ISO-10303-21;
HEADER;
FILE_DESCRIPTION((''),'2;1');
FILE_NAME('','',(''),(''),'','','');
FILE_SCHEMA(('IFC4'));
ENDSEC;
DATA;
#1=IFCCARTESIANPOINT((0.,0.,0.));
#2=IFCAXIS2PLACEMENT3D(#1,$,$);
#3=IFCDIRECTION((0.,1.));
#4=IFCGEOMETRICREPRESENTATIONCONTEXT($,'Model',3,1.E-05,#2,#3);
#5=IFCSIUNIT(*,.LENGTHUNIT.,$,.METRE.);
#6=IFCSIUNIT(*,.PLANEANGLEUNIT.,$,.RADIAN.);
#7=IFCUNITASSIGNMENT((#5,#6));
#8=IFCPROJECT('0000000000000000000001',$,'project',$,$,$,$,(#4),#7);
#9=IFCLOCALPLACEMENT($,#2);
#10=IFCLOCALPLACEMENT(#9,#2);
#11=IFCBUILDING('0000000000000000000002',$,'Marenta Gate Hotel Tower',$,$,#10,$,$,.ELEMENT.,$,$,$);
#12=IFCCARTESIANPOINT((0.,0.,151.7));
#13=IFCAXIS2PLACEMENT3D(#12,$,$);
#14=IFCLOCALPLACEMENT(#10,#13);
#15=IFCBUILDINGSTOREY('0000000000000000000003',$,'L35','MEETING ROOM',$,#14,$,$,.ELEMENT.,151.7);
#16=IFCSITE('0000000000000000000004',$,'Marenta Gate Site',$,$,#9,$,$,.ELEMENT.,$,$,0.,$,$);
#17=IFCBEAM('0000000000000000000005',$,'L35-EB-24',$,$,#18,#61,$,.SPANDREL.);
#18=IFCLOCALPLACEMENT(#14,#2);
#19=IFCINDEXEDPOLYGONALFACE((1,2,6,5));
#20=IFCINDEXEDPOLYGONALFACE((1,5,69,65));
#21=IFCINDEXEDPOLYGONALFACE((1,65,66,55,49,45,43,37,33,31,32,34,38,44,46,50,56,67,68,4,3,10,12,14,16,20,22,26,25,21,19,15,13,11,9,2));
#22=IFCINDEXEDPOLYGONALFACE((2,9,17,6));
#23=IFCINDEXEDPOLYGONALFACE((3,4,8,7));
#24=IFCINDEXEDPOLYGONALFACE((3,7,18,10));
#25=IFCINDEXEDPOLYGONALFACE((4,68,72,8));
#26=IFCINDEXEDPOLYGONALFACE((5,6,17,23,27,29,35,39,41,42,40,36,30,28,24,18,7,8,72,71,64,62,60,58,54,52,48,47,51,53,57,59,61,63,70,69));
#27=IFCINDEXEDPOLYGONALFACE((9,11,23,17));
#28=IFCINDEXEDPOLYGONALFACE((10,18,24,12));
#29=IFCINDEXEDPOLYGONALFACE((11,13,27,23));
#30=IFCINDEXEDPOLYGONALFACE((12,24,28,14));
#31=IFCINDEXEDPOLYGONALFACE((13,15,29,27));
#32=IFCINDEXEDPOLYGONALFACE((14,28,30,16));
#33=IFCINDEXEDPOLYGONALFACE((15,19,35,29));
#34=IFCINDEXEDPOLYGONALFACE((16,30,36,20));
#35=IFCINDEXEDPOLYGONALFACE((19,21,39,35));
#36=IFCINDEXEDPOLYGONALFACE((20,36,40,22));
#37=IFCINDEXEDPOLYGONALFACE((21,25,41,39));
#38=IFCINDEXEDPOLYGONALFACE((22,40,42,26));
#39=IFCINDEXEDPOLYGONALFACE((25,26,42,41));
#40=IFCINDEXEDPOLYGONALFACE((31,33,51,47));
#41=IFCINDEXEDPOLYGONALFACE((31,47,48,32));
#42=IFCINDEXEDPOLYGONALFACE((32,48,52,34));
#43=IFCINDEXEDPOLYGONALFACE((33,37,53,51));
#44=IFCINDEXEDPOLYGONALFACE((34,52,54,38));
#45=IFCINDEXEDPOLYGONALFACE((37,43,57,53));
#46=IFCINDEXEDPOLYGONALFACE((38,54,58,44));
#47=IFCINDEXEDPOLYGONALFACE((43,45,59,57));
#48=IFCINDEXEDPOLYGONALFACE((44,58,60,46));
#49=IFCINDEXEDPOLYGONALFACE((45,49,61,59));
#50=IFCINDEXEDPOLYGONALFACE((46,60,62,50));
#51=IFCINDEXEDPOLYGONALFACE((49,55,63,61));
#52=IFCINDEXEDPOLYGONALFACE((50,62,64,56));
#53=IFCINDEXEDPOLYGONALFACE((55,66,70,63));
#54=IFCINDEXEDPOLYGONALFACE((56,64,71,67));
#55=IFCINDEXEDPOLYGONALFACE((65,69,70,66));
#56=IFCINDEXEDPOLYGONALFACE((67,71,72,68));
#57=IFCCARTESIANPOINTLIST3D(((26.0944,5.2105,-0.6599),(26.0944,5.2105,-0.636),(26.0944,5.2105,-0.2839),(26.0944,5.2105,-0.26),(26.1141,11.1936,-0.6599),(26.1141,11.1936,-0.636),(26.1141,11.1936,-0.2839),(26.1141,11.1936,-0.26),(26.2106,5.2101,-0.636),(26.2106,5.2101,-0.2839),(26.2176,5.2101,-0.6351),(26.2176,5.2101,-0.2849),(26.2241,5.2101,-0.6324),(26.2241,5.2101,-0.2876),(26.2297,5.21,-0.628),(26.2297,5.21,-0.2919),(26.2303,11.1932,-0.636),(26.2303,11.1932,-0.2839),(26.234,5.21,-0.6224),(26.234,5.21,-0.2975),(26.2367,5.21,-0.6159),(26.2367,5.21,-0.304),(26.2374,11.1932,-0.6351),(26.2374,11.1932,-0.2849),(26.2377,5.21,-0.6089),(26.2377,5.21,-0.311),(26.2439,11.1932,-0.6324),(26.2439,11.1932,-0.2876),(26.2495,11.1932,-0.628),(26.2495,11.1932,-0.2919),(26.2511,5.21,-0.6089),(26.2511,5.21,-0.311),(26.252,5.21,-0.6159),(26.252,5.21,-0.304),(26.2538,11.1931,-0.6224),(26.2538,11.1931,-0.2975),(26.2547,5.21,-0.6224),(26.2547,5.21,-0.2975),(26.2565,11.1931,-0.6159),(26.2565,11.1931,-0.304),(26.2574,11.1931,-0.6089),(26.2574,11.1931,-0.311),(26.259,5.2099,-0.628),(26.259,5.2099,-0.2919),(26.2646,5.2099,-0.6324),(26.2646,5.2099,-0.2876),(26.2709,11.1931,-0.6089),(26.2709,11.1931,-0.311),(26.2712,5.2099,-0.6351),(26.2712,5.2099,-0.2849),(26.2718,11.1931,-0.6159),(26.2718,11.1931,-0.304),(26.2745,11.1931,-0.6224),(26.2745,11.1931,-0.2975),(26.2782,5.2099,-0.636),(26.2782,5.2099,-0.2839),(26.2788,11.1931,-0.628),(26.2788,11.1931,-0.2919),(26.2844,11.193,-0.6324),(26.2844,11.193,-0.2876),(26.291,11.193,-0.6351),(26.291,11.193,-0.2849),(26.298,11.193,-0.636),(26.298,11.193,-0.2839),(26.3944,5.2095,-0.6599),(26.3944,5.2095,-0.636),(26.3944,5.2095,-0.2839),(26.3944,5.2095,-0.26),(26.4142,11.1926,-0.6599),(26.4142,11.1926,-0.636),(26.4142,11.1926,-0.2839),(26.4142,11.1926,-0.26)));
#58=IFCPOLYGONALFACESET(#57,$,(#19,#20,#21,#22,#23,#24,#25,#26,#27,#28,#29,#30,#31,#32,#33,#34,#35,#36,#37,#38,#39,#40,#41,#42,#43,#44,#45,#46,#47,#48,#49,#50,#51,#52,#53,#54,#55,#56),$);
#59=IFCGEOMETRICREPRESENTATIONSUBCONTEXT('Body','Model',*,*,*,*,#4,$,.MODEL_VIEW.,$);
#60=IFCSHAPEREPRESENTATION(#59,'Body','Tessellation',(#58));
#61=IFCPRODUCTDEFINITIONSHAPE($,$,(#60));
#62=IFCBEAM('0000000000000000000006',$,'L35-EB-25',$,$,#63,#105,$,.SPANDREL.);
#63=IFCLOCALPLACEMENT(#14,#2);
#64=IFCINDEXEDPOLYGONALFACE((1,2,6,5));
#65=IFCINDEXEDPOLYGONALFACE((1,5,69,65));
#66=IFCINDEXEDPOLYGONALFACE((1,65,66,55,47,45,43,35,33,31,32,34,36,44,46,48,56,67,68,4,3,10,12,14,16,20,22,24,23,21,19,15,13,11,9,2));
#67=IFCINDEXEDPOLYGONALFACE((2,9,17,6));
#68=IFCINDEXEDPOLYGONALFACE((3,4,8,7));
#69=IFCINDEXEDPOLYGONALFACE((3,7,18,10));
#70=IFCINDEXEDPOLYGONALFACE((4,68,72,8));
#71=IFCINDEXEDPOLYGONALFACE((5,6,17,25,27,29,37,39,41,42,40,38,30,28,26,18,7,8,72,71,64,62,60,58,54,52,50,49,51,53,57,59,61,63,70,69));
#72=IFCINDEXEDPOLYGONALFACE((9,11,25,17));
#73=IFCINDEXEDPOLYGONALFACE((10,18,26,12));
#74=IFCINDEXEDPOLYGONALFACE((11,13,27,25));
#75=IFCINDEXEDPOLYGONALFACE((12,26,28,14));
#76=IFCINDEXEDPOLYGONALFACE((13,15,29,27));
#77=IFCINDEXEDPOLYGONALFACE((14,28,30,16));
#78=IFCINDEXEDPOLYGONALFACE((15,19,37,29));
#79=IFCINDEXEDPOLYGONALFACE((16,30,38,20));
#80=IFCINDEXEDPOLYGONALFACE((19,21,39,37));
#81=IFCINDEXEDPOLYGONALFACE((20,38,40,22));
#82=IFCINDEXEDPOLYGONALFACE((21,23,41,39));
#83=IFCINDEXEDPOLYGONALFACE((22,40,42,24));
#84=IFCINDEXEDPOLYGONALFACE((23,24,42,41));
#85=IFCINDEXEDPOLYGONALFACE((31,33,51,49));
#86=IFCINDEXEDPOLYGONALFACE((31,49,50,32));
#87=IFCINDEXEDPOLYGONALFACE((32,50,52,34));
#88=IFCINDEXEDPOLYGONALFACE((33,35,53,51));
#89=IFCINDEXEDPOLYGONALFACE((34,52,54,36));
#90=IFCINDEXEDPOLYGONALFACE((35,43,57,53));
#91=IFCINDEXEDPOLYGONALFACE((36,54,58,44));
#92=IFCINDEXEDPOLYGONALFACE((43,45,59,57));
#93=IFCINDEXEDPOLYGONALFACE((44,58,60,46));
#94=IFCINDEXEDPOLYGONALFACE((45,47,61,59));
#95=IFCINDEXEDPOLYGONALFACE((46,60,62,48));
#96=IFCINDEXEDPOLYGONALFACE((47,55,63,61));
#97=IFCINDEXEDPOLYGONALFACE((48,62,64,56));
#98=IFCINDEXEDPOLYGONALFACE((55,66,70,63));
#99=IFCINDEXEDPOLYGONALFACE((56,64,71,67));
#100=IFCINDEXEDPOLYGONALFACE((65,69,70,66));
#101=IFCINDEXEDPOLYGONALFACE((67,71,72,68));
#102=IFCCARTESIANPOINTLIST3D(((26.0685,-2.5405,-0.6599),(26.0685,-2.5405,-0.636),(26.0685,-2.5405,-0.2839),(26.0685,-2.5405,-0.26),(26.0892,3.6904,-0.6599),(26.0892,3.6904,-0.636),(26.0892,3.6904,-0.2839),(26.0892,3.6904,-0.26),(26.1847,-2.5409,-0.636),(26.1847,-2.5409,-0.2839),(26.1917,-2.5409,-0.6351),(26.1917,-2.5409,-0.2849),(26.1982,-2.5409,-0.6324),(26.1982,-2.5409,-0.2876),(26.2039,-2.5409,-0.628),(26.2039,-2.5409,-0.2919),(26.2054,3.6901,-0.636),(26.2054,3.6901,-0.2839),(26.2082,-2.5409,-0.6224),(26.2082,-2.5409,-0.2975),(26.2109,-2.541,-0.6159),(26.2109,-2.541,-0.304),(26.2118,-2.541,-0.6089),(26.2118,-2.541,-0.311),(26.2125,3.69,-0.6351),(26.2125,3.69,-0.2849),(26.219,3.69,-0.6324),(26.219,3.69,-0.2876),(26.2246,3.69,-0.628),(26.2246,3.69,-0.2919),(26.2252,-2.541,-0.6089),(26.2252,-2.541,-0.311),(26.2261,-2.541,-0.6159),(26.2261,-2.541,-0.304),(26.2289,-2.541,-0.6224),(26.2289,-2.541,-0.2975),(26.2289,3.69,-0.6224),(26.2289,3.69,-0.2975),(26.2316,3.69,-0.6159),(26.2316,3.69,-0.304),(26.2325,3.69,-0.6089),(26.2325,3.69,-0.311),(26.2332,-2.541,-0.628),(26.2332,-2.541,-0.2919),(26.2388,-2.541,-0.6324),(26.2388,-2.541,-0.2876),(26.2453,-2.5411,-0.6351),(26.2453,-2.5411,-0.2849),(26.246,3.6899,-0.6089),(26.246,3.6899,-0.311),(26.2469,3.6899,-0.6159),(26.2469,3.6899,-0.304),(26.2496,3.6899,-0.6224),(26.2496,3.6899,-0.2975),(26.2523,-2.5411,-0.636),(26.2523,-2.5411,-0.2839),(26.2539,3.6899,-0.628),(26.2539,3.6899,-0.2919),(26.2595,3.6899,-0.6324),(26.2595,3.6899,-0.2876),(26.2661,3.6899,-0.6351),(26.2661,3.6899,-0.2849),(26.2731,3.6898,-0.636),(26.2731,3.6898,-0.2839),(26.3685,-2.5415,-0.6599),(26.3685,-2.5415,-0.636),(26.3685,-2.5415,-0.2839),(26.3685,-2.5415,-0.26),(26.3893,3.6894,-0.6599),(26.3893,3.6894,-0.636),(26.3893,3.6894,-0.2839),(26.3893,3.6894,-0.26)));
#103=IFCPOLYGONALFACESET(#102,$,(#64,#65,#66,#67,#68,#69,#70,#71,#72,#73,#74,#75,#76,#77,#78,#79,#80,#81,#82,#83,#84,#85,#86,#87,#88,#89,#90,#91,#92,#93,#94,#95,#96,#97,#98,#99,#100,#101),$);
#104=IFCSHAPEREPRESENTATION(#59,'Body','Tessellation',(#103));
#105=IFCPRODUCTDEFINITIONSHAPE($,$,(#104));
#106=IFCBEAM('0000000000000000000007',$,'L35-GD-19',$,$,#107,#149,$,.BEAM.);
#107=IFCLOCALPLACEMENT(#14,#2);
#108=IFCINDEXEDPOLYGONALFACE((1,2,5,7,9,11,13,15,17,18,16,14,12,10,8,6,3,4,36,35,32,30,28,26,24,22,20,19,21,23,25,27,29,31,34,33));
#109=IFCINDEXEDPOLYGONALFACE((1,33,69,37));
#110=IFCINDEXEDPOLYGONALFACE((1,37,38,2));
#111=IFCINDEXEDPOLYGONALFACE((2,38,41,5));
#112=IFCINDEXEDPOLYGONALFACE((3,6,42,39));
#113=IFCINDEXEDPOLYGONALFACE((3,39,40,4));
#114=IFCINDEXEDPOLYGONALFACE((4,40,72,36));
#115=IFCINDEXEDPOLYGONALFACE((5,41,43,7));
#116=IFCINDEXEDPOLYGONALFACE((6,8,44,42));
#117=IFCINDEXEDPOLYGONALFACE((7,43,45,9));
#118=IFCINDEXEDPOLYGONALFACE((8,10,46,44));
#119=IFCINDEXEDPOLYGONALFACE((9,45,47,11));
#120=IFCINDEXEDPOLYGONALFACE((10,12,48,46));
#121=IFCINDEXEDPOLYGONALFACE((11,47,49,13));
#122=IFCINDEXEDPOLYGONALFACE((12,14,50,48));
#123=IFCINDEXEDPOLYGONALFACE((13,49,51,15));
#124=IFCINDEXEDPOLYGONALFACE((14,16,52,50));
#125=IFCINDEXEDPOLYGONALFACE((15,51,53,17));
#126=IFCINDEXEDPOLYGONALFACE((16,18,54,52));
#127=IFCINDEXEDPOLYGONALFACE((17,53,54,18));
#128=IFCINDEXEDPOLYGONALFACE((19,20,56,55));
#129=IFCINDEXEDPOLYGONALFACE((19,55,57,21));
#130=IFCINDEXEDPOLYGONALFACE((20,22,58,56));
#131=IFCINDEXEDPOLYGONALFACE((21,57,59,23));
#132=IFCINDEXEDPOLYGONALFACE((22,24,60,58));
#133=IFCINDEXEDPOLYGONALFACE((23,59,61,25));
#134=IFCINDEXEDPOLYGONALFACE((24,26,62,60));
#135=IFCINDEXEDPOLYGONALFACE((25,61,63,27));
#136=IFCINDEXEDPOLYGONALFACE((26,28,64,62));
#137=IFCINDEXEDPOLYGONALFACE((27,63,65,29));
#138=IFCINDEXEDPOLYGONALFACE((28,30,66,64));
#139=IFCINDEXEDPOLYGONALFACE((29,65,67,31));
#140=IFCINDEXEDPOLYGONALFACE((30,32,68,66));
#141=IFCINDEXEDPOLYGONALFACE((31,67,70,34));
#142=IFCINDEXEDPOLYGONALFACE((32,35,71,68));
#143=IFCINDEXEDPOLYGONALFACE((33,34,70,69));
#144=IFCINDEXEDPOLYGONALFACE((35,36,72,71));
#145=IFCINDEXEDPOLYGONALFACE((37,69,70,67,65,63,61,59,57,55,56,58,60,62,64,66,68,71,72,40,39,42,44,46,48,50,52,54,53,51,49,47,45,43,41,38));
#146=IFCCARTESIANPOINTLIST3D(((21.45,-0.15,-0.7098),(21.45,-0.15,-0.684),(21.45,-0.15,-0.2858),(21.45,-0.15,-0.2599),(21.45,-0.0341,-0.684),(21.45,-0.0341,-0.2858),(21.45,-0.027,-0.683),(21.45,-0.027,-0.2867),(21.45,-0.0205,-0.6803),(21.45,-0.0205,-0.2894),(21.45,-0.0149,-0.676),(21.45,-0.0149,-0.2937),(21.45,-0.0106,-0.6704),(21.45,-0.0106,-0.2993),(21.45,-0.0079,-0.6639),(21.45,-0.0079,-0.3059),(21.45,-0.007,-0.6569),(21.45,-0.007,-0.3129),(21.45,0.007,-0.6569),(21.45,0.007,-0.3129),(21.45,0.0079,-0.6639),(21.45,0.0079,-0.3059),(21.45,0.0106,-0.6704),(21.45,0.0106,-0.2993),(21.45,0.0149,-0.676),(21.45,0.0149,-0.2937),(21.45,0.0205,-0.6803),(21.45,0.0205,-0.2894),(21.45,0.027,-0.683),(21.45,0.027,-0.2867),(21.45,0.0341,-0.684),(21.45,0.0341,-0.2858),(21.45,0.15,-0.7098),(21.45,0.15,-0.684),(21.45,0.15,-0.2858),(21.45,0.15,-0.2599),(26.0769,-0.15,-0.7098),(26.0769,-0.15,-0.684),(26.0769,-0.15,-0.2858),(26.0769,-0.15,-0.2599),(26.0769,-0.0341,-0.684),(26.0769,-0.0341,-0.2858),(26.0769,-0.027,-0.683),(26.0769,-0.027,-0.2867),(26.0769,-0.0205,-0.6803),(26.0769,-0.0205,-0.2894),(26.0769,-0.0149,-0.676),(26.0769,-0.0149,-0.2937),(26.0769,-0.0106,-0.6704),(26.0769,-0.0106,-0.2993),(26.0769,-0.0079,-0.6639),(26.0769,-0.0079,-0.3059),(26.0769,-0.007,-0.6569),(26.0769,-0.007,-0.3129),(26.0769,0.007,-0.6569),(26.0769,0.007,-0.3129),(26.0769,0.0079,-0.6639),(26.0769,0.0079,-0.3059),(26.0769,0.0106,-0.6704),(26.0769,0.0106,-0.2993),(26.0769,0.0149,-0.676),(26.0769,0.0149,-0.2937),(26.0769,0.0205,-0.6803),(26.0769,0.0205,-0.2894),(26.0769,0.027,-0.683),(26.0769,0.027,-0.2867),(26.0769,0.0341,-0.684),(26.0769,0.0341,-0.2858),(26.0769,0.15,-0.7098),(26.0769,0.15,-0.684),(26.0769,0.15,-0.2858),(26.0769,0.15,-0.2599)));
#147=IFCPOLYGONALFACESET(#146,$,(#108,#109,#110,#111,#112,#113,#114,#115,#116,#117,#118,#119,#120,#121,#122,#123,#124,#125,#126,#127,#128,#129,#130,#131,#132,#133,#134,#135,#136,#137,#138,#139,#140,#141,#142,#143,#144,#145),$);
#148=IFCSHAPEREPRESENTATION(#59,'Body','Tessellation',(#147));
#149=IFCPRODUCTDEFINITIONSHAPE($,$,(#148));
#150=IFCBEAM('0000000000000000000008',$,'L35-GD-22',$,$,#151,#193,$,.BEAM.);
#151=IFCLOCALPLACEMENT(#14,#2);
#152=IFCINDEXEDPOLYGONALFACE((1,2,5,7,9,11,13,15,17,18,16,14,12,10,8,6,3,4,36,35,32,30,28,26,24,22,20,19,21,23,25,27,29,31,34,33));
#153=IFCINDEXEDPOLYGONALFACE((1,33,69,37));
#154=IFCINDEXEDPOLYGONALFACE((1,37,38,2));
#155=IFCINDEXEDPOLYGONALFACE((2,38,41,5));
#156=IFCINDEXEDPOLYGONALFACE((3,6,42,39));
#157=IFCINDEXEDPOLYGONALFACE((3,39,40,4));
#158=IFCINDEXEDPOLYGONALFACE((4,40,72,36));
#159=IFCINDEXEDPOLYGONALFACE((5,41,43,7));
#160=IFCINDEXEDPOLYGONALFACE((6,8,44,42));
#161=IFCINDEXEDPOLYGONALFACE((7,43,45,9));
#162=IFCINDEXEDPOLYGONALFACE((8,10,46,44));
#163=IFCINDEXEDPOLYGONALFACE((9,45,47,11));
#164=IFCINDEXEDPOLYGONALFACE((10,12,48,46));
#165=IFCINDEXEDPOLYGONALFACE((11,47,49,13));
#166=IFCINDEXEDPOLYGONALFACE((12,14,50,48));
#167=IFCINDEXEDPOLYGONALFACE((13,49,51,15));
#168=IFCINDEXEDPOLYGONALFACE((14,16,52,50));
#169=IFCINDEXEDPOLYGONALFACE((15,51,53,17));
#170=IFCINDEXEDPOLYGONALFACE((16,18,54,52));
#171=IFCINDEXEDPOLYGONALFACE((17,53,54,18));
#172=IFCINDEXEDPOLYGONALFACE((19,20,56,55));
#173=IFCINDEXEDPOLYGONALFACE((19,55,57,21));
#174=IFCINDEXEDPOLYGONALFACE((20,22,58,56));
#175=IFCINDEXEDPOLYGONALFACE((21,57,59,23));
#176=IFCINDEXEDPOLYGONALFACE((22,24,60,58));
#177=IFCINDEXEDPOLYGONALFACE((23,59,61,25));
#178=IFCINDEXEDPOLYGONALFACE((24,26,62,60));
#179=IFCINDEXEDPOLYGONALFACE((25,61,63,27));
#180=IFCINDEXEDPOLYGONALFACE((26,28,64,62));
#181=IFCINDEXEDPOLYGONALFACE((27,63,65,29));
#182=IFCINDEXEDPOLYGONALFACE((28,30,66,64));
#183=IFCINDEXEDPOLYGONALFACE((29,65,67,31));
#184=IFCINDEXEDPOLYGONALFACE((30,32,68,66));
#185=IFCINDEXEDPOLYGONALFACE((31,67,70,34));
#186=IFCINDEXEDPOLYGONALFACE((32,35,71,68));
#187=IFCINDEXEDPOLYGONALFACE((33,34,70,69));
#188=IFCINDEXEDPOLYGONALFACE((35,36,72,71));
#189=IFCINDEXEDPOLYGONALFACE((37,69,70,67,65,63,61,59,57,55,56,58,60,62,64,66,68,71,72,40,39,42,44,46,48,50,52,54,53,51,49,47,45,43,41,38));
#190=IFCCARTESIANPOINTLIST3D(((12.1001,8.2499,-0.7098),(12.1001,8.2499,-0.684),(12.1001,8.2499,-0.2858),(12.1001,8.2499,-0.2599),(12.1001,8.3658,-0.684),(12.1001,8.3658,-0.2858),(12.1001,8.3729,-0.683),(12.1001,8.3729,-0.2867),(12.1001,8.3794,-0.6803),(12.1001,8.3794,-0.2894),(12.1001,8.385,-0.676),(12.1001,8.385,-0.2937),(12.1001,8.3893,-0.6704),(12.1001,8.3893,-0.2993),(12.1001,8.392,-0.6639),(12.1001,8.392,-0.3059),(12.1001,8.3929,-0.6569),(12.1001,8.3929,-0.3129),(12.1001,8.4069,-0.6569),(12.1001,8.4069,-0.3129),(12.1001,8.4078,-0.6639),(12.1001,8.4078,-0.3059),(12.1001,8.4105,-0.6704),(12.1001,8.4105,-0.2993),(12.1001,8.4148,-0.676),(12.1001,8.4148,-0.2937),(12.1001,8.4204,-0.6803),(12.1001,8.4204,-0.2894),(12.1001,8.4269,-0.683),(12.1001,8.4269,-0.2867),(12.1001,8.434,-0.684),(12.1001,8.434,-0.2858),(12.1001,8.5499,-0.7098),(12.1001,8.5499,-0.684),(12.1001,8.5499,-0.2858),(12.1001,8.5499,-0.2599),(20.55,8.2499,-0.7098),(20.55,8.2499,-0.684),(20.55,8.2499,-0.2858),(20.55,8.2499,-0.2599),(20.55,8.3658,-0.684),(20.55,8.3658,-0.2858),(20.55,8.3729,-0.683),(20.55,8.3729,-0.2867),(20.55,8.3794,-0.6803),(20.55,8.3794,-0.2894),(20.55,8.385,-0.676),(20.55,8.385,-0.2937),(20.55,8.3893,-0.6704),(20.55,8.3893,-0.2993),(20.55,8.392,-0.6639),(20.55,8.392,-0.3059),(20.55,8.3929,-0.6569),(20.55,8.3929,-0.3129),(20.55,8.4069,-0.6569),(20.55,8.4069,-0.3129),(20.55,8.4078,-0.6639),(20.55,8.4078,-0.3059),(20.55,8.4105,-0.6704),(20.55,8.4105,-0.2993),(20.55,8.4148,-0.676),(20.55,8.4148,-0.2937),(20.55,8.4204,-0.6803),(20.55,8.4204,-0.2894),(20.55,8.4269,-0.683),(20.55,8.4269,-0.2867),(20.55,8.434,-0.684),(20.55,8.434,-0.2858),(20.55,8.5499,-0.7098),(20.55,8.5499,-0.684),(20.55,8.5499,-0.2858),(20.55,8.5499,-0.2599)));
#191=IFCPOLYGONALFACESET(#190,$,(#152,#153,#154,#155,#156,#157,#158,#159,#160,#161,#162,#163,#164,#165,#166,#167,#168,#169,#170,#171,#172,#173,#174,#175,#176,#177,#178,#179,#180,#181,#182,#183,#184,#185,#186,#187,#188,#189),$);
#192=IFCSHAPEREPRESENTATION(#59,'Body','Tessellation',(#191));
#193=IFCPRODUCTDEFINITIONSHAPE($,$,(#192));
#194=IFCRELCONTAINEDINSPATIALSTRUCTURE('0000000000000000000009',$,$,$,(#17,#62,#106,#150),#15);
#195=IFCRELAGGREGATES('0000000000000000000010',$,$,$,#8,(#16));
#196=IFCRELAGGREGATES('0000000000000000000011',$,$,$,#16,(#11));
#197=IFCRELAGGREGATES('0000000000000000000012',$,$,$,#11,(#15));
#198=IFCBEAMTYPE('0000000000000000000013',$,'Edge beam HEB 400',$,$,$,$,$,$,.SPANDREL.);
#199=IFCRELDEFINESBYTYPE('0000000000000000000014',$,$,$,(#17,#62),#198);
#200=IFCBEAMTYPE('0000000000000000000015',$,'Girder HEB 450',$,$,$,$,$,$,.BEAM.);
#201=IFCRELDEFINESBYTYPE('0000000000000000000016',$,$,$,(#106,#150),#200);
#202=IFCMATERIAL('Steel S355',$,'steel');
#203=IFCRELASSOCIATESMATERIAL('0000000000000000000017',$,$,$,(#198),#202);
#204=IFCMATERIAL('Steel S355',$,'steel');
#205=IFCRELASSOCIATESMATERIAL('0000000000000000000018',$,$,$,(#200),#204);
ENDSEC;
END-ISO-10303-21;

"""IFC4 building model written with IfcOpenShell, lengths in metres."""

from ifc_helpers import new_model, si_unit, direction, frame, origin, origin_2d, place, context, subcontext, project, spatial, i_section, extrude, material, material_profile, profile_set, type_object, element, save


model = new_model("IFC4")

# Units and contexts
model_context = context("Model", 3, precision=1e-05, world=origin(), true_north=direction((0.0, 1.0)))
body_context = subcontext(model_context, "Body", "Model", "MODEL_VIEW")
ifc_project = project(units=[si_unit("LENGTHUNIT", "METRE"), si_unit("PLANEANGLEUNIT", "RADIAN")], contexts=[model_context])

# Site, building, storey
site_placement = place(None, origin())
site = spatial("IfcSite", under=ifc_project, at=site_placement, Name="Marenta Gate Site", CompositionType="ELEMENT", RefElevation=0.0)
building_placement = place(site_placement, origin())
building = spatial("IfcBuilding", under=site, at=building_placement, Name="Marenta Gate Hotel Tower", CompositionType="ELEMENT")
storey_placement = place(building_placement, frame((0.0, 0.0, 151.7)))
storey = spatial("IfcBuildingStorey", under=building, at=storey_placement, Name="L35", Description="MEETING ROOM", CompositionType="ELEMENT", Elevation=151.7)

# Beams
ifc_material_1 = material(Name="Steel S355", Category="steel")
ifc_material_profile_1 = material_profile(ifc_material_1, i_section(OverallWidth=0.3, OverallDepth=0.3999, WebThickness=0.0134, FlangeThickness=0.0239, FilletRadius=0.0271, at=origin_2d()), Name="HEB 400")
ifc_profile_set_1 = profile_set([ifc_material_profile_1], Name="Steel S355")
beam_type_1 = type_object("IfcBeamType", Name="Edge beam HEB 400", PredefinedType="SPANDREL", material=ifc_profile_set_1)
beam_1_placement = place(storey_placement, frame((26.2642, 11.1931, -0.46), z_axis=(-0.003305, -0.999995, 0.0), x_axis=(0.999995, -0.003305, 0.0)))
element("IfcBeam", 1, at=beam_1_placement, inside=storey, type_object=beam_type_1, Name="L35-EB-24", PredefinedType="SPANDREL", context=body_context, shape_type="SweptSolid", body=[
    extrude(i_section(OverallWidth=0.3, OverallDepth=0.3999, WebThickness=0.0134, FlangeThickness=0.0239, FilletRadius=0.0271, at=origin_2d()), origin(), (0.0, 0.0, 1.0), 5.9832),
])
beam_2_placement = place(storey_placement, frame((26.2393, 3.6899, -0.46), z_axis=(-0.00333, -0.999994, 0.0), x_axis=(0.999994, -0.00333, 0.0)))
element("IfcBeam", 2, at=beam_2_placement, inside=storey, type_object=beam_type_1, Name="L35-EB-25", PredefinedType="SPANDREL", context=body_context, shape_type="SweptSolid", body=[
    extrude(i_section(OverallWidth=0.3, OverallDepth=0.3999, WebThickness=0.0134, FlangeThickness=0.0239, FilletRadius=0.0271, at=origin_2d()), origin(), (0.0, 0.0, 1.0), 6.231),
])
ifc_material_2 = material(Name="Steel S355", Category="steel")
ifc_material_profile_2 = material_profile(ifc_material_2, i_section(OverallWidth=0.3, OverallDepth=0.45, WebThickness=0.0139, FlangeThickness=0.0259, FilletRadius=0.0271, at=origin_2d()), Name="HEB 450")
ifc_profile_set_2 = profile_set([ifc_material_profile_2], Name="Steel S355")
beam_type_2 = type_object("IfcBeamType", Name="Girder HEB 450", PredefinedType="BEAM", material=ifc_profile_set_2)
beam_3_placement = place(storey_placement, frame((21.45, 0.0, -0.4849), z_axis=(1.0, 0.0, 0.0), x_axis=(0.0, 1.0, 0.0)))
element("IfcBeam", 3, at=beam_3_placement, inside=storey, type_object=beam_type_2, Name="L35-GD-19", PredefinedType="BEAM", context=body_context, shape_type="SweptSolid", body=[
    extrude(i_section(OverallWidth=0.3, OverallDepth=0.45, WebThickness=0.0139, FlangeThickness=0.0259, FilletRadius=0.0271, at=origin_2d()), origin(), (0.0, 0.0, 1.0), 4.627),
])
beam_4_placement = place(storey_placement, frame((12.1001, 8.3999, -0.4849), z_axis=(1.0, 0.0, 0.0), x_axis=(0.0, 1.0, 0.0)))
element("IfcBeam", 4, at=beam_4_placement, inside=storey, type_object=beam_type_2, Name="L35-GD-22", PredefinedType="BEAM", context=body_context, shape_type="SweptSolid", body=[
    extrude(i_section(OverallWidth=0.3, OverallDepth=0.45, WebThickness=0.0139, FlangeThickness=0.0259, FilletRadius=0.0271, at=origin_2d()), origin(), (0.0, 0.0, 1.0), 8.45),
])

save(model, "model.ifc")
